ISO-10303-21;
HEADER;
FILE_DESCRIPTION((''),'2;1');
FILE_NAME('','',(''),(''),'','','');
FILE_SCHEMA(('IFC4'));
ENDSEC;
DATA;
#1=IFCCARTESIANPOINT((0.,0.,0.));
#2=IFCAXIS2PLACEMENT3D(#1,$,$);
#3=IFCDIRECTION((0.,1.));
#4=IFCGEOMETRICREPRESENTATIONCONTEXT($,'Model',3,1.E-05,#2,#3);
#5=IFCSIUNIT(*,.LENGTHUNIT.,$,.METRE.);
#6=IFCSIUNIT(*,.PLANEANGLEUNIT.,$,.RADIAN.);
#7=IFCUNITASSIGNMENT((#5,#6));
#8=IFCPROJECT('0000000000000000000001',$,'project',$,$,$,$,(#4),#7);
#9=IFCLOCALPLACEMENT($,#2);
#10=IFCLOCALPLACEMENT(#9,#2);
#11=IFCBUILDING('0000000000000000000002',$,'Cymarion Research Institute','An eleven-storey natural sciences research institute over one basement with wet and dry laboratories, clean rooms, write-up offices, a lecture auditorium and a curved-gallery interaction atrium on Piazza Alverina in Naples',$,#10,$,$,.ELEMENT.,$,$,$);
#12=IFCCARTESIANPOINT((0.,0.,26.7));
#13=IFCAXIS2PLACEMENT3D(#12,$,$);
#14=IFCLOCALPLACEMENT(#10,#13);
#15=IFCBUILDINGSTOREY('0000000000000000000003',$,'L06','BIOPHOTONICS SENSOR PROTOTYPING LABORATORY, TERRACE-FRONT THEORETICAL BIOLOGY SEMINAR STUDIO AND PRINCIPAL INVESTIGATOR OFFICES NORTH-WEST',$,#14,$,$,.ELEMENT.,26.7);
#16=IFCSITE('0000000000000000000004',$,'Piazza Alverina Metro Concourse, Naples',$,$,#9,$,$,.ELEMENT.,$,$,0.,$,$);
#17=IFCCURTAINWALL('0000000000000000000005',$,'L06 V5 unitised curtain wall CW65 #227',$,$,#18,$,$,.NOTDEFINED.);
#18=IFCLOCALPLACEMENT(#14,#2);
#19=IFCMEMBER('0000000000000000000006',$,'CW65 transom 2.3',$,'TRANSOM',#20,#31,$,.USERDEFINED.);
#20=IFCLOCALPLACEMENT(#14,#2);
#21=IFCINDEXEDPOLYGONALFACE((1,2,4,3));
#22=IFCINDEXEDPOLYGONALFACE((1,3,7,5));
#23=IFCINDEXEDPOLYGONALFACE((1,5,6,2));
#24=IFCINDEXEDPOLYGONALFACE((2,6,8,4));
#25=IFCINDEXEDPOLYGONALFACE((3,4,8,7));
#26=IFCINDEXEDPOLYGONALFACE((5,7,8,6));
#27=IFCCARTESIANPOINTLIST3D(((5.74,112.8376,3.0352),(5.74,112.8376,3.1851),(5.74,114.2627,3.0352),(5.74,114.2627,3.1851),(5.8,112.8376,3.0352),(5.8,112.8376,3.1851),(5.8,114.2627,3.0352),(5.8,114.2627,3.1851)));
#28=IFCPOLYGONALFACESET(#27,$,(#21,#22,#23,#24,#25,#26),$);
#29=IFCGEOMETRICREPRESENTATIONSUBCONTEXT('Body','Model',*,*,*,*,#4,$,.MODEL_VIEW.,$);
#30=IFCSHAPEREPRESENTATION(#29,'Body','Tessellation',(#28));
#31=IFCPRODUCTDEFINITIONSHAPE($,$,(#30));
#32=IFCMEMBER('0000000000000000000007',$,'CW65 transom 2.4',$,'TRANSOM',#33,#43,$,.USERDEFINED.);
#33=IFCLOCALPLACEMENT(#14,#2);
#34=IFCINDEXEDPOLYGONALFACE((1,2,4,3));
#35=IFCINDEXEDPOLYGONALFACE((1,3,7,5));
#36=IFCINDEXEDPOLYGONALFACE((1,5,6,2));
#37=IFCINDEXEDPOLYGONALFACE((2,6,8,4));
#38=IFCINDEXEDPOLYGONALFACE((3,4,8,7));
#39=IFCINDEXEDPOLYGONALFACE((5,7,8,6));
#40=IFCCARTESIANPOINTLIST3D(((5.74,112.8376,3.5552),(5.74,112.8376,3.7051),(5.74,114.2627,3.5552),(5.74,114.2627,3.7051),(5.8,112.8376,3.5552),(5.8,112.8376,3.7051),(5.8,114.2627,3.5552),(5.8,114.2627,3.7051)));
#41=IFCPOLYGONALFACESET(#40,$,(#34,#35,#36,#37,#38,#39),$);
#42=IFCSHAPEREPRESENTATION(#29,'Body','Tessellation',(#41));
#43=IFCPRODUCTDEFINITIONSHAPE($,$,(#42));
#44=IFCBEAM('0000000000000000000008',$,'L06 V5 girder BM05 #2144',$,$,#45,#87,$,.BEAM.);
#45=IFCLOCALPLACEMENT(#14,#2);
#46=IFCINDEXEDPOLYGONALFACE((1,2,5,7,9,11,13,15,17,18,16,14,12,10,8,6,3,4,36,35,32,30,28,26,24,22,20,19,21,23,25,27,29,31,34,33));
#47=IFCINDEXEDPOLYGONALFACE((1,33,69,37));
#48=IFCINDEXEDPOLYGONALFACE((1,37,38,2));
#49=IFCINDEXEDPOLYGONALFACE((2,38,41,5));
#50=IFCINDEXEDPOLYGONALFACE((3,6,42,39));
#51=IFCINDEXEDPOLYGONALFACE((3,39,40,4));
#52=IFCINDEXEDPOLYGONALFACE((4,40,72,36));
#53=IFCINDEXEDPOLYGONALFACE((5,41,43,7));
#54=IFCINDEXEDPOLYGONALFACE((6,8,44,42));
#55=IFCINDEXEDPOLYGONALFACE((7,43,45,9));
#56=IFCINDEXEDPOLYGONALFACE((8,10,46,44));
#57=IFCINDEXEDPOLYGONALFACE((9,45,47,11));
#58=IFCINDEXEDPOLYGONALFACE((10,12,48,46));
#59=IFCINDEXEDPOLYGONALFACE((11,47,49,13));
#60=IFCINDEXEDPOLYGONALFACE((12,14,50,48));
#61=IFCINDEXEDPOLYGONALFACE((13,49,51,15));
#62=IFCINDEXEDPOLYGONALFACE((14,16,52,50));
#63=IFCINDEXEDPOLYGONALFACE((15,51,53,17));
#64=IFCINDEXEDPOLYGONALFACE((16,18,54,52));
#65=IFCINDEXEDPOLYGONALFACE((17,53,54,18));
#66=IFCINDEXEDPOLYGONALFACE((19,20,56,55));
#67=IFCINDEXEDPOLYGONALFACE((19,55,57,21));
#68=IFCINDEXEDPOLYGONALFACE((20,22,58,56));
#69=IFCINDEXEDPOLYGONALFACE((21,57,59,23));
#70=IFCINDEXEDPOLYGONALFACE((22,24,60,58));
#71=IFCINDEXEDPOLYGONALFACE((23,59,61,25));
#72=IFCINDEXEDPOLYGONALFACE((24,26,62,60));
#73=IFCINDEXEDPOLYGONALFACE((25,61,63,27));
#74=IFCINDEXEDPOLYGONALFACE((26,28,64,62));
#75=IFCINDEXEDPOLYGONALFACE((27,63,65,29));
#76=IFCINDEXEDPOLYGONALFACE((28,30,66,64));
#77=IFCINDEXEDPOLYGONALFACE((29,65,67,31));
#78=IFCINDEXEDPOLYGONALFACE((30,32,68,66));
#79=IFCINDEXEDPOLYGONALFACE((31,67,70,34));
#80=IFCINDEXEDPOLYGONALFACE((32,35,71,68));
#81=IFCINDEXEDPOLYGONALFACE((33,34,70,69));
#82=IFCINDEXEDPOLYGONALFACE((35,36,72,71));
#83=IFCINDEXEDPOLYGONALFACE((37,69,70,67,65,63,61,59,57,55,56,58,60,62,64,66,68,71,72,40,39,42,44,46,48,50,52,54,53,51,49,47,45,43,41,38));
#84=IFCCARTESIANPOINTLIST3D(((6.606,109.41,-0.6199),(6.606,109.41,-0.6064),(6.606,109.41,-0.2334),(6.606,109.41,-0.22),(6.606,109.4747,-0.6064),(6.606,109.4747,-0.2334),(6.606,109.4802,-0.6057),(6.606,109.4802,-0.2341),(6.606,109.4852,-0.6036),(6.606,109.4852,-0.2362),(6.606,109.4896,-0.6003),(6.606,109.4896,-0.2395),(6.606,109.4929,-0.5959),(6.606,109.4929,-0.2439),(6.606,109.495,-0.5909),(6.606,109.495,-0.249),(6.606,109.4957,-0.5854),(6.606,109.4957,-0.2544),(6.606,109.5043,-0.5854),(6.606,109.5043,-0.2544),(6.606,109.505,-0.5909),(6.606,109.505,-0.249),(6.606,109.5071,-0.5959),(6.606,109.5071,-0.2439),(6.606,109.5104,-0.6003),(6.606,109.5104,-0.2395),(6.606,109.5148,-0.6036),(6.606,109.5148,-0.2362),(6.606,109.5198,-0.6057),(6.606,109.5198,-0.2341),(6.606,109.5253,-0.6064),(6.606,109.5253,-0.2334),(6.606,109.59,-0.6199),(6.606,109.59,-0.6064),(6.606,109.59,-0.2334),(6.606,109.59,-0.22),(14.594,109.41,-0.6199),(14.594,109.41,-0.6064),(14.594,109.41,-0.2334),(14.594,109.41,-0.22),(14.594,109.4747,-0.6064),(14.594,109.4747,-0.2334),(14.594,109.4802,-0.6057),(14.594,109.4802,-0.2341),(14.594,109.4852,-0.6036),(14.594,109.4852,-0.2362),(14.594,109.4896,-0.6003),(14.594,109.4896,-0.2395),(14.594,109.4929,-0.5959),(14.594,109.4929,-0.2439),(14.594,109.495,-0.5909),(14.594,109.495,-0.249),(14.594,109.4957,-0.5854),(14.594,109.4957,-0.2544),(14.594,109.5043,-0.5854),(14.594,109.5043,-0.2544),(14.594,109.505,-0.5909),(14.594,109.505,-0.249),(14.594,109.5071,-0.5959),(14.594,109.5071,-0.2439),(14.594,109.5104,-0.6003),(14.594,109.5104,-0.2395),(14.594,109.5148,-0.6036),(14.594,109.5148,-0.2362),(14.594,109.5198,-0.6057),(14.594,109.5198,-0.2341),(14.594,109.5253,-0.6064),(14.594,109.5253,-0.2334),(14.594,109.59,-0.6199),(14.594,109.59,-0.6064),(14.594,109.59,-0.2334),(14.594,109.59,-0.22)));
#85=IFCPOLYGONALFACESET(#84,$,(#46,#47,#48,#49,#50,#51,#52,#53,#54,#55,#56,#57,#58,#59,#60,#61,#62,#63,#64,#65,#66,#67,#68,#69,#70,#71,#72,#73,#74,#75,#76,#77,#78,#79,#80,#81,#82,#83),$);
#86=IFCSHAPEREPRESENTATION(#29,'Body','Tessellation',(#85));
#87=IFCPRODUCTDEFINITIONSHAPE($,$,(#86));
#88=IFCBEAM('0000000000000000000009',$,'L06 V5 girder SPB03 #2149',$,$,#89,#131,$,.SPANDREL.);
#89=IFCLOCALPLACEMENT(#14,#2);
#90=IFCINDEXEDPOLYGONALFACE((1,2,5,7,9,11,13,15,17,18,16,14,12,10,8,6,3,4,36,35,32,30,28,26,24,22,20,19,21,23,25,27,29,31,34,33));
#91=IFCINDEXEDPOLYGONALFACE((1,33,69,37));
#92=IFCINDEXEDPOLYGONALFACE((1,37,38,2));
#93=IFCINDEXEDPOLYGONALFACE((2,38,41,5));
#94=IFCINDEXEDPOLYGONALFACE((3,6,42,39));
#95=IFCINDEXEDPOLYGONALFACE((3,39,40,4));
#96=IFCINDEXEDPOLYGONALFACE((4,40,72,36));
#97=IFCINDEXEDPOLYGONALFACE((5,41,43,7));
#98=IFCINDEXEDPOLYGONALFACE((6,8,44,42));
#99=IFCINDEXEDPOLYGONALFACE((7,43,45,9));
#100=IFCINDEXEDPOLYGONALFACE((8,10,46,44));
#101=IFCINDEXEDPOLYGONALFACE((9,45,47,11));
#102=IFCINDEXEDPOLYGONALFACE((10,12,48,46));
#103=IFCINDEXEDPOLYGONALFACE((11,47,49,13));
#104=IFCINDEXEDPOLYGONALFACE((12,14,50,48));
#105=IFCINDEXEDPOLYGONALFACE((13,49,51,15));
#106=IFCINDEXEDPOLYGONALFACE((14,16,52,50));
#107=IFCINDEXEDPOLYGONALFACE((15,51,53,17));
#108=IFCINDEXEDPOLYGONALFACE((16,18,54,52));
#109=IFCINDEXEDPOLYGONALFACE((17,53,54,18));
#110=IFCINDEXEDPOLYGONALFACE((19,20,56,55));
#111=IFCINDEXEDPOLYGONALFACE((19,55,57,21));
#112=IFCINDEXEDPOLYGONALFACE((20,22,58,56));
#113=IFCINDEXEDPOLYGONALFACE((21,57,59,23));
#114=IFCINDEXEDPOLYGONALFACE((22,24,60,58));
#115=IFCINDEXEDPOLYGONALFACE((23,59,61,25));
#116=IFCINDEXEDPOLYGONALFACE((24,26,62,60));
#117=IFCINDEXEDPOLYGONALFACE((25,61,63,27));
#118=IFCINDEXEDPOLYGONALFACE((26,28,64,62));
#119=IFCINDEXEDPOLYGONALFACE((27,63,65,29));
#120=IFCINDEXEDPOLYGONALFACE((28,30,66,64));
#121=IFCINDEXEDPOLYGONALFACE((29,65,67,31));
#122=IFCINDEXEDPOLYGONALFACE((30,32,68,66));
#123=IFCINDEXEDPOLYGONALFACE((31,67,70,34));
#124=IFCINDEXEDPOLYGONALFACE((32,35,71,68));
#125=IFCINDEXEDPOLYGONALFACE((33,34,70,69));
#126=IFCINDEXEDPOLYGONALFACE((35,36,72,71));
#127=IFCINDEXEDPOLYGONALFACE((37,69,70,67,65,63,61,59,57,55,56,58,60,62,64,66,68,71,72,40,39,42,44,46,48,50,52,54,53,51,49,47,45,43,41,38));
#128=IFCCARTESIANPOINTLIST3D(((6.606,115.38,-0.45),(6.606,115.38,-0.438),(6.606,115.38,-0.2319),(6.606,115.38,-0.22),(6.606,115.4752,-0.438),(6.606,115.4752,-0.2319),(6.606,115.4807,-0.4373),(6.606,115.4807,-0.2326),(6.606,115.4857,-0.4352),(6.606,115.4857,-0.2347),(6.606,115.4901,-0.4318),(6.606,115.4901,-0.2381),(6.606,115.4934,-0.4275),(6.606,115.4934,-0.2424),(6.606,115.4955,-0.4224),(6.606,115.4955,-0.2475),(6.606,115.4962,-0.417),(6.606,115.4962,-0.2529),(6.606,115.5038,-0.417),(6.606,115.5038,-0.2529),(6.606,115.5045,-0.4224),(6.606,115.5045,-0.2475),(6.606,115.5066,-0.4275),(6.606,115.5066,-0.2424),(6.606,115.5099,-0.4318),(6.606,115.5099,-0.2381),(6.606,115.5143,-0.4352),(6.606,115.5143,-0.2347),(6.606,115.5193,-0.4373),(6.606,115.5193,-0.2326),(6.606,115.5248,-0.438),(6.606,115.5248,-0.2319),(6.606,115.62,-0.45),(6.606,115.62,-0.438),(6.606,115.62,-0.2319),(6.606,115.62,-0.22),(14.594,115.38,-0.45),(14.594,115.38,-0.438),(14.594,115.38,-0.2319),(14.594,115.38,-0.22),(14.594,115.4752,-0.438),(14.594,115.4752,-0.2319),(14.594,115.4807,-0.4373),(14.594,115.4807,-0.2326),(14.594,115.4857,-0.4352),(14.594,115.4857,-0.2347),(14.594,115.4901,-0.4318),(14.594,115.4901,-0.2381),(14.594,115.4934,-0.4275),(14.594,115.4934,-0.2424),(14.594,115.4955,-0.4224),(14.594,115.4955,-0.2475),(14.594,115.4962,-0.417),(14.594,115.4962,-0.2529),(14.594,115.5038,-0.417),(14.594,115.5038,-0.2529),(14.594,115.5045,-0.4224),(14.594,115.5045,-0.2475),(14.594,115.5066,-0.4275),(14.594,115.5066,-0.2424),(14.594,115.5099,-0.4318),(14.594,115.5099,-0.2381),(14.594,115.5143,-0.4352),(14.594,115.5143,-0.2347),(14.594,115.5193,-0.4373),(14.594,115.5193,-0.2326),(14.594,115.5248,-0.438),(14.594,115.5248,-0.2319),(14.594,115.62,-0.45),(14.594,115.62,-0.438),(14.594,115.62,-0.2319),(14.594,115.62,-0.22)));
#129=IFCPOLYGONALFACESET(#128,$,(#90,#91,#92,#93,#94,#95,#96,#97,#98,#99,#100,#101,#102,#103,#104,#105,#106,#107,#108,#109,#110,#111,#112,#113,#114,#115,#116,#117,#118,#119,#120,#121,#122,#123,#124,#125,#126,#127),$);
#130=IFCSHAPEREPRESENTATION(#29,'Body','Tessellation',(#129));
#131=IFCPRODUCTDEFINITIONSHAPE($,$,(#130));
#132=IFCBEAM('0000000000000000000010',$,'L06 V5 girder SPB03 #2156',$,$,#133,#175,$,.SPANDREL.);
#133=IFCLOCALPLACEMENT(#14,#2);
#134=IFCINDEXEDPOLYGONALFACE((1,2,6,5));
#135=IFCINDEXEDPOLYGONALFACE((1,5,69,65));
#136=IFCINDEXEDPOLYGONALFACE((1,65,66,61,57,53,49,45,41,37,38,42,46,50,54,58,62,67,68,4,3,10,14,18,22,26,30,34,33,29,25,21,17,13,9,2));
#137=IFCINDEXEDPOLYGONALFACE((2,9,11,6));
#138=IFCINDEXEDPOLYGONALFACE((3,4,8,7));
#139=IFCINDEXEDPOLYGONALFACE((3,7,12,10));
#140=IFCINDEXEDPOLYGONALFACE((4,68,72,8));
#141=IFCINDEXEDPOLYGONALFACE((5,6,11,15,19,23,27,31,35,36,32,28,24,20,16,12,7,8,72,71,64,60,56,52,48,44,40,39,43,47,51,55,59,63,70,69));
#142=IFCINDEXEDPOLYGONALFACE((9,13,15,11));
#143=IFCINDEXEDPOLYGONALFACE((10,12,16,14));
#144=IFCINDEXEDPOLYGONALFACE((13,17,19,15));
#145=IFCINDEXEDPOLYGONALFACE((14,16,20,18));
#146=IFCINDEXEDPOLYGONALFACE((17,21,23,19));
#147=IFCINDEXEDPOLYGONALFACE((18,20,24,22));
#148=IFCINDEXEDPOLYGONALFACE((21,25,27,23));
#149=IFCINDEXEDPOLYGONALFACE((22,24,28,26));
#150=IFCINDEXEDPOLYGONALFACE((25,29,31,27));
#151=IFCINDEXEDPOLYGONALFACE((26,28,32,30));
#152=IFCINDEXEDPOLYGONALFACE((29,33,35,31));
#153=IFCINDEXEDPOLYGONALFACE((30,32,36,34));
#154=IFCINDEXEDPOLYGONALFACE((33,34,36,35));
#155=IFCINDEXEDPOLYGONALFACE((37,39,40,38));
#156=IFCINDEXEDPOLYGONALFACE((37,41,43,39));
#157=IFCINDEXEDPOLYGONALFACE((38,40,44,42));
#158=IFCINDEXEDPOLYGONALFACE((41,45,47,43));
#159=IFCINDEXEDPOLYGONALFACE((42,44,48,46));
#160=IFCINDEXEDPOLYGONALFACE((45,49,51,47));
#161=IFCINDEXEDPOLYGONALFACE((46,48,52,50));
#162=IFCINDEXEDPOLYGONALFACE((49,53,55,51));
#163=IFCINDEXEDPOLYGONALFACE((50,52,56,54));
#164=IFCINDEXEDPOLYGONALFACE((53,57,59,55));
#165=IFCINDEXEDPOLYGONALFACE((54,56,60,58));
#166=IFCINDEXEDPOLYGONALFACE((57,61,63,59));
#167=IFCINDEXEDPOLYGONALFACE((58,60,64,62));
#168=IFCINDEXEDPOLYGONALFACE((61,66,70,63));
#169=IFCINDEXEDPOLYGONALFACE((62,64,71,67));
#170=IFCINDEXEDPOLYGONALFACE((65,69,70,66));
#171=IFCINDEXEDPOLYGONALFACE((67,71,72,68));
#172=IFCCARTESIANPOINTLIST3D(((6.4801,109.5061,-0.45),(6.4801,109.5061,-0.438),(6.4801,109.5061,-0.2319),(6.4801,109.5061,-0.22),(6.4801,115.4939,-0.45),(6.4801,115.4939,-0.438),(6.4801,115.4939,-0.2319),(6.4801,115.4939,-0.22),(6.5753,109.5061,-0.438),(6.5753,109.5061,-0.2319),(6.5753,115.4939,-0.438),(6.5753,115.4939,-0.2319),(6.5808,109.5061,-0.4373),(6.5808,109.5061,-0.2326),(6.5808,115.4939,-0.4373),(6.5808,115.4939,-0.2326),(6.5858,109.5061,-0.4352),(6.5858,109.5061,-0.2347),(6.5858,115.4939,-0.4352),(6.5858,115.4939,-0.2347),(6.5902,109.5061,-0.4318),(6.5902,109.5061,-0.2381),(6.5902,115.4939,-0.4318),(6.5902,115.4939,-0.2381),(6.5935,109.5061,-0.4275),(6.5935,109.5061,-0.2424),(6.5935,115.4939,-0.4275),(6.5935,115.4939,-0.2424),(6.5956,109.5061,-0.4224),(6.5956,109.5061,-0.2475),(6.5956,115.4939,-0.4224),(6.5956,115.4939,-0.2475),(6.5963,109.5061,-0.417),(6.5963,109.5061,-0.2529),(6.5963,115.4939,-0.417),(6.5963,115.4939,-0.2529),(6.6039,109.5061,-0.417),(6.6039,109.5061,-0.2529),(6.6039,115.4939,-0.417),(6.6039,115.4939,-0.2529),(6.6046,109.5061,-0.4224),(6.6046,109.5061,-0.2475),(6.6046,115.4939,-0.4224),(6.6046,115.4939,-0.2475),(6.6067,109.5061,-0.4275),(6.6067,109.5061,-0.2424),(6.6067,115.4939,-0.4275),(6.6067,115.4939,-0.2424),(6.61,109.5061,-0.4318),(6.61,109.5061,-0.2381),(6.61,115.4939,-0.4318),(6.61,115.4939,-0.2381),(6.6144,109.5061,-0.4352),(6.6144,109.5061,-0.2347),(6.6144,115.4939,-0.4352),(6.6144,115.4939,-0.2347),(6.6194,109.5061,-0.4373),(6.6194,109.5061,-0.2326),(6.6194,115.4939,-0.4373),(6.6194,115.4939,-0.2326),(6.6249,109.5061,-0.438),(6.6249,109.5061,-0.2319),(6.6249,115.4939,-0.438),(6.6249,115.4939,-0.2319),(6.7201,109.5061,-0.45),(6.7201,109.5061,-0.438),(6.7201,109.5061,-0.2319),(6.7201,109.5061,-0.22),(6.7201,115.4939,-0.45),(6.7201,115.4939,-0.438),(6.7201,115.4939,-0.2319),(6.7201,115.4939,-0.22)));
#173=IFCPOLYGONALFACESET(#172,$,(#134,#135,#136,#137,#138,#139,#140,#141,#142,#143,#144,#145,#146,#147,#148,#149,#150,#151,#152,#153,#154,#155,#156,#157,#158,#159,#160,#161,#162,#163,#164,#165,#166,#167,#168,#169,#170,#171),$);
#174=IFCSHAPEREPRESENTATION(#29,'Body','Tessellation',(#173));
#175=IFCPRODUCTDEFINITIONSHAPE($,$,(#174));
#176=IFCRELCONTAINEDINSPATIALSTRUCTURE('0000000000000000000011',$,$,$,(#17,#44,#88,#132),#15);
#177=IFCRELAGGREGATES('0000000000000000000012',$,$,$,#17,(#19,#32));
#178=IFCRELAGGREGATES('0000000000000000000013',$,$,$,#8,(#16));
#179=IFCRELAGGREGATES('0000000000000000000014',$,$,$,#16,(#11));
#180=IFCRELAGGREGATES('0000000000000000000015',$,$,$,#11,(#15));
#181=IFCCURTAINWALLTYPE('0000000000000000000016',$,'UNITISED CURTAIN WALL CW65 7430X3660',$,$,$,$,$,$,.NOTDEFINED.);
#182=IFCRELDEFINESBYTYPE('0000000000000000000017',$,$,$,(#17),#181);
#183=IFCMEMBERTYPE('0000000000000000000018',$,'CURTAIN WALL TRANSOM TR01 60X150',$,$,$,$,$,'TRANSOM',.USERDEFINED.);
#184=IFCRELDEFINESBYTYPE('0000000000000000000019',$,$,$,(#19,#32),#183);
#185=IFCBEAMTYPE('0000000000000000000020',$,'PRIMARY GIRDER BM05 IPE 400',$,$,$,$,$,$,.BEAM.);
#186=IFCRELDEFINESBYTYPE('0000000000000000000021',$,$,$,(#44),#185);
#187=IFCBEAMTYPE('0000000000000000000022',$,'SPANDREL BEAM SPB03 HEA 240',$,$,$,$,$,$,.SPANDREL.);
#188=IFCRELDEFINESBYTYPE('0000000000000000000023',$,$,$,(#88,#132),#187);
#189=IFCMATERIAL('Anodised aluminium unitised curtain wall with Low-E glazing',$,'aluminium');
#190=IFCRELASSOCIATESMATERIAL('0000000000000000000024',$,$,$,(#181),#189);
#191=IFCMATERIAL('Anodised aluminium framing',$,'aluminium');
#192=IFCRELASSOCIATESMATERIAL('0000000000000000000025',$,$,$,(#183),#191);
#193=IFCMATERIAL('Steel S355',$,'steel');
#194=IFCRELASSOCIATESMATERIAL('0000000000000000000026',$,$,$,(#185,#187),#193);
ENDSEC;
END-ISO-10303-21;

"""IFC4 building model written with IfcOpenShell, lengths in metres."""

from ifc_helpers import new_model, si_unit, direction, frame, origin, origin_2d, place, context, subcontext, project, spatial, rectangle, i_section, extrude, material, material_profile, profile_set, type_object, element, aggregate, save


model = new_model("IFC4")

# Units and contexts
model_context = context("Model", 3, precision=1e-05, world=origin(), true_north=direction((0.0, 1.0)))
body_context = subcontext(model_context, "Body", "Model", "MODEL_VIEW")
ifc_project = project(units=[si_unit("LENGTHUNIT", "METRE"), si_unit("PLANEANGLEUNIT", "RADIAN")], contexts=[model_context])

# Site, building, storey
site_placement = place(None, origin())
site = spatial("IfcSite", under=ifc_project, at=site_placement, Name="Piazza Alverina Metro Concourse, Naples", CompositionType="ELEMENT", RefElevation=0.0)
building_placement = place(site_placement, origin())
building = spatial("IfcBuilding", under=site, at=building_placement, Name="Cymarion Research Institute", Description="An eleven-storey natural sciences research institute over one basement with wet and dry laboratories, clean rooms, write-up offices, a lecture auditorium and a curved-gallery interaction atrium on Piazza Alverina in Naples", CompositionType="ELEMENT")
storey_placement = place(building_placement, frame((0.0, 0.0, 26.7)))
storey = spatial("IfcBuildingStorey", under=building, at=storey_placement, Name="L06", Description="BIOPHOTONICS SENSOR PROTOTYPING LABORATORY, TERRACE-FRONT THEORETICAL BIOLOGY SEMINAR STUDIO AND PRINCIPAL INVESTIGATOR OFFICES NORTH-WEST", CompositionType="ELEMENT", Elevation=26.7)

# Shared definitions
ifc_material_1 = material(Name="Steel S355", Category="steel")

# Curtain wall, members
ifc_material_2 = material(Name="Anodised aluminium unitised curtain wall with Low-E glazing", Category="aluminium")
curtain_wall_type = type_object("IfcCurtainWallType", Name="UNITISED CURTAIN WALL CW65 7430X3660", PredefinedType="NOTDEFINED", material=ifc_material_2)
curtain_wall_placement = place(storey_placement, origin())
curtain_wall = element("IfcCurtainWall", 1, at=curtain_wall_placement, inside=storey, type_object=curtain_wall_type, Name="L06 V5 unitised curtain wall CW65 #227", PredefinedType="NOTDEFINED")
ifc_material_3 = material(Name="Anodised aluminium framing", Category="aluminium")
ifc_material_profile_1 = material_profile(ifc_material_3, rectangle(XDim=0.0601, YDim=0.1499, at=origin_2d()), Name="ALU TRANSOM 60x150")
ifc_profile_set_1 = profile_set([ifc_material_profile_1], Name="Anodised aluminium framing")
member_type_1 = type_object("IfcMemberType", Name="CURTAIN WALL TRANSOM TR01 60X150", ElementType="TRANSOM", PredefinedType="USERDEFINED", material=ifc_profile_set_1)
member_1_placement = place(storey_placement, frame((5.77, 114.2627, 3.1101), z_axis=(0.0, -1.0, 0.0), x_axis=(1.0, 0.0, 0.0)))
member_1 = element("IfcMember", 2, at=member_1_placement, type_object=member_type_1, Name="CW65 transom 2.3", ObjectType="TRANSOM", PredefinedType="USERDEFINED", context=body_context, shape_type="SweptSolid", body=[
    extrude(rectangle(XDim=0.0601, YDim=0.1499, at=origin_2d()), origin(), (0.0, 0.0, 1.0), 1.425),
])
member_2_placement = place(storey_placement, frame((5.77, 114.2627, 3.6301), z_axis=(0.0, -1.0, 0.0), x_axis=(1.0, 0.0, 0.0)))
member_2 = element("IfcMember", 3, at=member_2_placement, type_object=member_type_1, Name="CW65 transom 2.4", ObjectType="TRANSOM", PredefinedType="USERDEFINED", context=body_context, shape_type="SweptSolid", body=[
    extrude(rectangle(XDim=0.0601, YDim=0.1499, at=origin_2d()), origin(), (0.0, 0.0, 1.0), 1.425),
])

# Beams
ifc_material_profile_2 = material_profile(ifc_material_1, i_section(OverallWidth=0.1799, OverallDepth=0.3999, WebThickness=0.0085, FlangeThickness=0.0134, FilletRadius=0.021, at=origin_2d()), Name="IPE 400")
ifc_profile_set_2 = profile_set([ifc_material_profile_2], Name="Steel S355")
beam_type_1 = type_object("IfcBeamType", Name="PRIMARY GIRDER BM05 IPE 400", PredefinedType="BEAM", material=ifc_profile_set_2)
beam_1_placement = place(storey_placement, frame((6.606, 109.5, -0.4199), z_axis=(1.0, 0.0, 0.0), x_axis=(0.0, 1.0, 0.0)))
element("IfcBeam", 4, at=beam_1_placement, inside=storey, type_object=beam_type_1, Name="L06 V5 girder BM05 #2144", PredefinedType="BEAM", context=body_context, shape_type="SweptSolid", body=[
    extrude(i_section(OverallWidth=0.1799, OverallDepth=0.3999, WebThickness=0.0085, FlangeThickness=0.0134, FilletRadius=0.021, at=origin_2d()), origin(), (0.0, 0.0, 1.0), 7.988),
])
ifc_material_profile_3 = material_profile(ifc_material_1, i_section(OverallWidth=0.24, OverallDepth=0.23, WebThickness=0.0076, FlangeThickness=0.012, FilletRadius=0.021, at=origin_2d()), Name="HEA 240")
ifc_profile_set_3 = profile_set([ifc_material_profile_3], Name="Steel S355")
beam_type_2 = type_object("IfcBeamType", Name="SPANDREL BEAM SPB03 HEA 240", PredefinedType="SPANDREL", material=ifc_profile_set_3)
beam_2_placement = place(storey_placement, frame((6.606, 115.5, -0.335), z_axis=(1.0, 0.0, 0.0), x_axis=(0.0, 1.0, 0.0)))
element("IfcBeam", 5, at=beam_2_placement, inside=storey, type_object=beam_type_2, Name="L06 V5 girder SPB03 #2149", PredefinedType="SPANDREL", context=body_context, shape_type="SweptSolid", body=[
    extrude(i_section(OverallWidth=0.24, OverallDepth=0.23, WebThickness=0.0076, FlangeThickness=0.012, FilletRadius=0.021, at=origin_2d()), origin(), (0.0, 0.0, 1.0), 7.988),
])
beam_3_placement = place(storey_placement, frame((6.6001, 109.5061, -0.335), z_axis=(0.0, 1.0, 0.0), x_axis=(-1.0, 0.0, 0.0)))
element("IfcBeam", 6, at=beam_3_placement, inside=storey, type_object=beam_type_2, Name="L06 V5 girder SPB03 #2156", PredefinedType="SPANDREL", context=body_context, shape_type="SweptSolid", body=[
    extrude(i_section(OverallWidth=0.24, OverallDepth=0.23, WebThickness=0.0076, FlangeThickness=0.012, FilletRadius=0.021, at=origin_2d()), origin(), (0.0, 0.0, 1.0), 5.9878),
])

aggregate(curtain_wall, [member_1, member_2])

save(model, "model.ifc")
